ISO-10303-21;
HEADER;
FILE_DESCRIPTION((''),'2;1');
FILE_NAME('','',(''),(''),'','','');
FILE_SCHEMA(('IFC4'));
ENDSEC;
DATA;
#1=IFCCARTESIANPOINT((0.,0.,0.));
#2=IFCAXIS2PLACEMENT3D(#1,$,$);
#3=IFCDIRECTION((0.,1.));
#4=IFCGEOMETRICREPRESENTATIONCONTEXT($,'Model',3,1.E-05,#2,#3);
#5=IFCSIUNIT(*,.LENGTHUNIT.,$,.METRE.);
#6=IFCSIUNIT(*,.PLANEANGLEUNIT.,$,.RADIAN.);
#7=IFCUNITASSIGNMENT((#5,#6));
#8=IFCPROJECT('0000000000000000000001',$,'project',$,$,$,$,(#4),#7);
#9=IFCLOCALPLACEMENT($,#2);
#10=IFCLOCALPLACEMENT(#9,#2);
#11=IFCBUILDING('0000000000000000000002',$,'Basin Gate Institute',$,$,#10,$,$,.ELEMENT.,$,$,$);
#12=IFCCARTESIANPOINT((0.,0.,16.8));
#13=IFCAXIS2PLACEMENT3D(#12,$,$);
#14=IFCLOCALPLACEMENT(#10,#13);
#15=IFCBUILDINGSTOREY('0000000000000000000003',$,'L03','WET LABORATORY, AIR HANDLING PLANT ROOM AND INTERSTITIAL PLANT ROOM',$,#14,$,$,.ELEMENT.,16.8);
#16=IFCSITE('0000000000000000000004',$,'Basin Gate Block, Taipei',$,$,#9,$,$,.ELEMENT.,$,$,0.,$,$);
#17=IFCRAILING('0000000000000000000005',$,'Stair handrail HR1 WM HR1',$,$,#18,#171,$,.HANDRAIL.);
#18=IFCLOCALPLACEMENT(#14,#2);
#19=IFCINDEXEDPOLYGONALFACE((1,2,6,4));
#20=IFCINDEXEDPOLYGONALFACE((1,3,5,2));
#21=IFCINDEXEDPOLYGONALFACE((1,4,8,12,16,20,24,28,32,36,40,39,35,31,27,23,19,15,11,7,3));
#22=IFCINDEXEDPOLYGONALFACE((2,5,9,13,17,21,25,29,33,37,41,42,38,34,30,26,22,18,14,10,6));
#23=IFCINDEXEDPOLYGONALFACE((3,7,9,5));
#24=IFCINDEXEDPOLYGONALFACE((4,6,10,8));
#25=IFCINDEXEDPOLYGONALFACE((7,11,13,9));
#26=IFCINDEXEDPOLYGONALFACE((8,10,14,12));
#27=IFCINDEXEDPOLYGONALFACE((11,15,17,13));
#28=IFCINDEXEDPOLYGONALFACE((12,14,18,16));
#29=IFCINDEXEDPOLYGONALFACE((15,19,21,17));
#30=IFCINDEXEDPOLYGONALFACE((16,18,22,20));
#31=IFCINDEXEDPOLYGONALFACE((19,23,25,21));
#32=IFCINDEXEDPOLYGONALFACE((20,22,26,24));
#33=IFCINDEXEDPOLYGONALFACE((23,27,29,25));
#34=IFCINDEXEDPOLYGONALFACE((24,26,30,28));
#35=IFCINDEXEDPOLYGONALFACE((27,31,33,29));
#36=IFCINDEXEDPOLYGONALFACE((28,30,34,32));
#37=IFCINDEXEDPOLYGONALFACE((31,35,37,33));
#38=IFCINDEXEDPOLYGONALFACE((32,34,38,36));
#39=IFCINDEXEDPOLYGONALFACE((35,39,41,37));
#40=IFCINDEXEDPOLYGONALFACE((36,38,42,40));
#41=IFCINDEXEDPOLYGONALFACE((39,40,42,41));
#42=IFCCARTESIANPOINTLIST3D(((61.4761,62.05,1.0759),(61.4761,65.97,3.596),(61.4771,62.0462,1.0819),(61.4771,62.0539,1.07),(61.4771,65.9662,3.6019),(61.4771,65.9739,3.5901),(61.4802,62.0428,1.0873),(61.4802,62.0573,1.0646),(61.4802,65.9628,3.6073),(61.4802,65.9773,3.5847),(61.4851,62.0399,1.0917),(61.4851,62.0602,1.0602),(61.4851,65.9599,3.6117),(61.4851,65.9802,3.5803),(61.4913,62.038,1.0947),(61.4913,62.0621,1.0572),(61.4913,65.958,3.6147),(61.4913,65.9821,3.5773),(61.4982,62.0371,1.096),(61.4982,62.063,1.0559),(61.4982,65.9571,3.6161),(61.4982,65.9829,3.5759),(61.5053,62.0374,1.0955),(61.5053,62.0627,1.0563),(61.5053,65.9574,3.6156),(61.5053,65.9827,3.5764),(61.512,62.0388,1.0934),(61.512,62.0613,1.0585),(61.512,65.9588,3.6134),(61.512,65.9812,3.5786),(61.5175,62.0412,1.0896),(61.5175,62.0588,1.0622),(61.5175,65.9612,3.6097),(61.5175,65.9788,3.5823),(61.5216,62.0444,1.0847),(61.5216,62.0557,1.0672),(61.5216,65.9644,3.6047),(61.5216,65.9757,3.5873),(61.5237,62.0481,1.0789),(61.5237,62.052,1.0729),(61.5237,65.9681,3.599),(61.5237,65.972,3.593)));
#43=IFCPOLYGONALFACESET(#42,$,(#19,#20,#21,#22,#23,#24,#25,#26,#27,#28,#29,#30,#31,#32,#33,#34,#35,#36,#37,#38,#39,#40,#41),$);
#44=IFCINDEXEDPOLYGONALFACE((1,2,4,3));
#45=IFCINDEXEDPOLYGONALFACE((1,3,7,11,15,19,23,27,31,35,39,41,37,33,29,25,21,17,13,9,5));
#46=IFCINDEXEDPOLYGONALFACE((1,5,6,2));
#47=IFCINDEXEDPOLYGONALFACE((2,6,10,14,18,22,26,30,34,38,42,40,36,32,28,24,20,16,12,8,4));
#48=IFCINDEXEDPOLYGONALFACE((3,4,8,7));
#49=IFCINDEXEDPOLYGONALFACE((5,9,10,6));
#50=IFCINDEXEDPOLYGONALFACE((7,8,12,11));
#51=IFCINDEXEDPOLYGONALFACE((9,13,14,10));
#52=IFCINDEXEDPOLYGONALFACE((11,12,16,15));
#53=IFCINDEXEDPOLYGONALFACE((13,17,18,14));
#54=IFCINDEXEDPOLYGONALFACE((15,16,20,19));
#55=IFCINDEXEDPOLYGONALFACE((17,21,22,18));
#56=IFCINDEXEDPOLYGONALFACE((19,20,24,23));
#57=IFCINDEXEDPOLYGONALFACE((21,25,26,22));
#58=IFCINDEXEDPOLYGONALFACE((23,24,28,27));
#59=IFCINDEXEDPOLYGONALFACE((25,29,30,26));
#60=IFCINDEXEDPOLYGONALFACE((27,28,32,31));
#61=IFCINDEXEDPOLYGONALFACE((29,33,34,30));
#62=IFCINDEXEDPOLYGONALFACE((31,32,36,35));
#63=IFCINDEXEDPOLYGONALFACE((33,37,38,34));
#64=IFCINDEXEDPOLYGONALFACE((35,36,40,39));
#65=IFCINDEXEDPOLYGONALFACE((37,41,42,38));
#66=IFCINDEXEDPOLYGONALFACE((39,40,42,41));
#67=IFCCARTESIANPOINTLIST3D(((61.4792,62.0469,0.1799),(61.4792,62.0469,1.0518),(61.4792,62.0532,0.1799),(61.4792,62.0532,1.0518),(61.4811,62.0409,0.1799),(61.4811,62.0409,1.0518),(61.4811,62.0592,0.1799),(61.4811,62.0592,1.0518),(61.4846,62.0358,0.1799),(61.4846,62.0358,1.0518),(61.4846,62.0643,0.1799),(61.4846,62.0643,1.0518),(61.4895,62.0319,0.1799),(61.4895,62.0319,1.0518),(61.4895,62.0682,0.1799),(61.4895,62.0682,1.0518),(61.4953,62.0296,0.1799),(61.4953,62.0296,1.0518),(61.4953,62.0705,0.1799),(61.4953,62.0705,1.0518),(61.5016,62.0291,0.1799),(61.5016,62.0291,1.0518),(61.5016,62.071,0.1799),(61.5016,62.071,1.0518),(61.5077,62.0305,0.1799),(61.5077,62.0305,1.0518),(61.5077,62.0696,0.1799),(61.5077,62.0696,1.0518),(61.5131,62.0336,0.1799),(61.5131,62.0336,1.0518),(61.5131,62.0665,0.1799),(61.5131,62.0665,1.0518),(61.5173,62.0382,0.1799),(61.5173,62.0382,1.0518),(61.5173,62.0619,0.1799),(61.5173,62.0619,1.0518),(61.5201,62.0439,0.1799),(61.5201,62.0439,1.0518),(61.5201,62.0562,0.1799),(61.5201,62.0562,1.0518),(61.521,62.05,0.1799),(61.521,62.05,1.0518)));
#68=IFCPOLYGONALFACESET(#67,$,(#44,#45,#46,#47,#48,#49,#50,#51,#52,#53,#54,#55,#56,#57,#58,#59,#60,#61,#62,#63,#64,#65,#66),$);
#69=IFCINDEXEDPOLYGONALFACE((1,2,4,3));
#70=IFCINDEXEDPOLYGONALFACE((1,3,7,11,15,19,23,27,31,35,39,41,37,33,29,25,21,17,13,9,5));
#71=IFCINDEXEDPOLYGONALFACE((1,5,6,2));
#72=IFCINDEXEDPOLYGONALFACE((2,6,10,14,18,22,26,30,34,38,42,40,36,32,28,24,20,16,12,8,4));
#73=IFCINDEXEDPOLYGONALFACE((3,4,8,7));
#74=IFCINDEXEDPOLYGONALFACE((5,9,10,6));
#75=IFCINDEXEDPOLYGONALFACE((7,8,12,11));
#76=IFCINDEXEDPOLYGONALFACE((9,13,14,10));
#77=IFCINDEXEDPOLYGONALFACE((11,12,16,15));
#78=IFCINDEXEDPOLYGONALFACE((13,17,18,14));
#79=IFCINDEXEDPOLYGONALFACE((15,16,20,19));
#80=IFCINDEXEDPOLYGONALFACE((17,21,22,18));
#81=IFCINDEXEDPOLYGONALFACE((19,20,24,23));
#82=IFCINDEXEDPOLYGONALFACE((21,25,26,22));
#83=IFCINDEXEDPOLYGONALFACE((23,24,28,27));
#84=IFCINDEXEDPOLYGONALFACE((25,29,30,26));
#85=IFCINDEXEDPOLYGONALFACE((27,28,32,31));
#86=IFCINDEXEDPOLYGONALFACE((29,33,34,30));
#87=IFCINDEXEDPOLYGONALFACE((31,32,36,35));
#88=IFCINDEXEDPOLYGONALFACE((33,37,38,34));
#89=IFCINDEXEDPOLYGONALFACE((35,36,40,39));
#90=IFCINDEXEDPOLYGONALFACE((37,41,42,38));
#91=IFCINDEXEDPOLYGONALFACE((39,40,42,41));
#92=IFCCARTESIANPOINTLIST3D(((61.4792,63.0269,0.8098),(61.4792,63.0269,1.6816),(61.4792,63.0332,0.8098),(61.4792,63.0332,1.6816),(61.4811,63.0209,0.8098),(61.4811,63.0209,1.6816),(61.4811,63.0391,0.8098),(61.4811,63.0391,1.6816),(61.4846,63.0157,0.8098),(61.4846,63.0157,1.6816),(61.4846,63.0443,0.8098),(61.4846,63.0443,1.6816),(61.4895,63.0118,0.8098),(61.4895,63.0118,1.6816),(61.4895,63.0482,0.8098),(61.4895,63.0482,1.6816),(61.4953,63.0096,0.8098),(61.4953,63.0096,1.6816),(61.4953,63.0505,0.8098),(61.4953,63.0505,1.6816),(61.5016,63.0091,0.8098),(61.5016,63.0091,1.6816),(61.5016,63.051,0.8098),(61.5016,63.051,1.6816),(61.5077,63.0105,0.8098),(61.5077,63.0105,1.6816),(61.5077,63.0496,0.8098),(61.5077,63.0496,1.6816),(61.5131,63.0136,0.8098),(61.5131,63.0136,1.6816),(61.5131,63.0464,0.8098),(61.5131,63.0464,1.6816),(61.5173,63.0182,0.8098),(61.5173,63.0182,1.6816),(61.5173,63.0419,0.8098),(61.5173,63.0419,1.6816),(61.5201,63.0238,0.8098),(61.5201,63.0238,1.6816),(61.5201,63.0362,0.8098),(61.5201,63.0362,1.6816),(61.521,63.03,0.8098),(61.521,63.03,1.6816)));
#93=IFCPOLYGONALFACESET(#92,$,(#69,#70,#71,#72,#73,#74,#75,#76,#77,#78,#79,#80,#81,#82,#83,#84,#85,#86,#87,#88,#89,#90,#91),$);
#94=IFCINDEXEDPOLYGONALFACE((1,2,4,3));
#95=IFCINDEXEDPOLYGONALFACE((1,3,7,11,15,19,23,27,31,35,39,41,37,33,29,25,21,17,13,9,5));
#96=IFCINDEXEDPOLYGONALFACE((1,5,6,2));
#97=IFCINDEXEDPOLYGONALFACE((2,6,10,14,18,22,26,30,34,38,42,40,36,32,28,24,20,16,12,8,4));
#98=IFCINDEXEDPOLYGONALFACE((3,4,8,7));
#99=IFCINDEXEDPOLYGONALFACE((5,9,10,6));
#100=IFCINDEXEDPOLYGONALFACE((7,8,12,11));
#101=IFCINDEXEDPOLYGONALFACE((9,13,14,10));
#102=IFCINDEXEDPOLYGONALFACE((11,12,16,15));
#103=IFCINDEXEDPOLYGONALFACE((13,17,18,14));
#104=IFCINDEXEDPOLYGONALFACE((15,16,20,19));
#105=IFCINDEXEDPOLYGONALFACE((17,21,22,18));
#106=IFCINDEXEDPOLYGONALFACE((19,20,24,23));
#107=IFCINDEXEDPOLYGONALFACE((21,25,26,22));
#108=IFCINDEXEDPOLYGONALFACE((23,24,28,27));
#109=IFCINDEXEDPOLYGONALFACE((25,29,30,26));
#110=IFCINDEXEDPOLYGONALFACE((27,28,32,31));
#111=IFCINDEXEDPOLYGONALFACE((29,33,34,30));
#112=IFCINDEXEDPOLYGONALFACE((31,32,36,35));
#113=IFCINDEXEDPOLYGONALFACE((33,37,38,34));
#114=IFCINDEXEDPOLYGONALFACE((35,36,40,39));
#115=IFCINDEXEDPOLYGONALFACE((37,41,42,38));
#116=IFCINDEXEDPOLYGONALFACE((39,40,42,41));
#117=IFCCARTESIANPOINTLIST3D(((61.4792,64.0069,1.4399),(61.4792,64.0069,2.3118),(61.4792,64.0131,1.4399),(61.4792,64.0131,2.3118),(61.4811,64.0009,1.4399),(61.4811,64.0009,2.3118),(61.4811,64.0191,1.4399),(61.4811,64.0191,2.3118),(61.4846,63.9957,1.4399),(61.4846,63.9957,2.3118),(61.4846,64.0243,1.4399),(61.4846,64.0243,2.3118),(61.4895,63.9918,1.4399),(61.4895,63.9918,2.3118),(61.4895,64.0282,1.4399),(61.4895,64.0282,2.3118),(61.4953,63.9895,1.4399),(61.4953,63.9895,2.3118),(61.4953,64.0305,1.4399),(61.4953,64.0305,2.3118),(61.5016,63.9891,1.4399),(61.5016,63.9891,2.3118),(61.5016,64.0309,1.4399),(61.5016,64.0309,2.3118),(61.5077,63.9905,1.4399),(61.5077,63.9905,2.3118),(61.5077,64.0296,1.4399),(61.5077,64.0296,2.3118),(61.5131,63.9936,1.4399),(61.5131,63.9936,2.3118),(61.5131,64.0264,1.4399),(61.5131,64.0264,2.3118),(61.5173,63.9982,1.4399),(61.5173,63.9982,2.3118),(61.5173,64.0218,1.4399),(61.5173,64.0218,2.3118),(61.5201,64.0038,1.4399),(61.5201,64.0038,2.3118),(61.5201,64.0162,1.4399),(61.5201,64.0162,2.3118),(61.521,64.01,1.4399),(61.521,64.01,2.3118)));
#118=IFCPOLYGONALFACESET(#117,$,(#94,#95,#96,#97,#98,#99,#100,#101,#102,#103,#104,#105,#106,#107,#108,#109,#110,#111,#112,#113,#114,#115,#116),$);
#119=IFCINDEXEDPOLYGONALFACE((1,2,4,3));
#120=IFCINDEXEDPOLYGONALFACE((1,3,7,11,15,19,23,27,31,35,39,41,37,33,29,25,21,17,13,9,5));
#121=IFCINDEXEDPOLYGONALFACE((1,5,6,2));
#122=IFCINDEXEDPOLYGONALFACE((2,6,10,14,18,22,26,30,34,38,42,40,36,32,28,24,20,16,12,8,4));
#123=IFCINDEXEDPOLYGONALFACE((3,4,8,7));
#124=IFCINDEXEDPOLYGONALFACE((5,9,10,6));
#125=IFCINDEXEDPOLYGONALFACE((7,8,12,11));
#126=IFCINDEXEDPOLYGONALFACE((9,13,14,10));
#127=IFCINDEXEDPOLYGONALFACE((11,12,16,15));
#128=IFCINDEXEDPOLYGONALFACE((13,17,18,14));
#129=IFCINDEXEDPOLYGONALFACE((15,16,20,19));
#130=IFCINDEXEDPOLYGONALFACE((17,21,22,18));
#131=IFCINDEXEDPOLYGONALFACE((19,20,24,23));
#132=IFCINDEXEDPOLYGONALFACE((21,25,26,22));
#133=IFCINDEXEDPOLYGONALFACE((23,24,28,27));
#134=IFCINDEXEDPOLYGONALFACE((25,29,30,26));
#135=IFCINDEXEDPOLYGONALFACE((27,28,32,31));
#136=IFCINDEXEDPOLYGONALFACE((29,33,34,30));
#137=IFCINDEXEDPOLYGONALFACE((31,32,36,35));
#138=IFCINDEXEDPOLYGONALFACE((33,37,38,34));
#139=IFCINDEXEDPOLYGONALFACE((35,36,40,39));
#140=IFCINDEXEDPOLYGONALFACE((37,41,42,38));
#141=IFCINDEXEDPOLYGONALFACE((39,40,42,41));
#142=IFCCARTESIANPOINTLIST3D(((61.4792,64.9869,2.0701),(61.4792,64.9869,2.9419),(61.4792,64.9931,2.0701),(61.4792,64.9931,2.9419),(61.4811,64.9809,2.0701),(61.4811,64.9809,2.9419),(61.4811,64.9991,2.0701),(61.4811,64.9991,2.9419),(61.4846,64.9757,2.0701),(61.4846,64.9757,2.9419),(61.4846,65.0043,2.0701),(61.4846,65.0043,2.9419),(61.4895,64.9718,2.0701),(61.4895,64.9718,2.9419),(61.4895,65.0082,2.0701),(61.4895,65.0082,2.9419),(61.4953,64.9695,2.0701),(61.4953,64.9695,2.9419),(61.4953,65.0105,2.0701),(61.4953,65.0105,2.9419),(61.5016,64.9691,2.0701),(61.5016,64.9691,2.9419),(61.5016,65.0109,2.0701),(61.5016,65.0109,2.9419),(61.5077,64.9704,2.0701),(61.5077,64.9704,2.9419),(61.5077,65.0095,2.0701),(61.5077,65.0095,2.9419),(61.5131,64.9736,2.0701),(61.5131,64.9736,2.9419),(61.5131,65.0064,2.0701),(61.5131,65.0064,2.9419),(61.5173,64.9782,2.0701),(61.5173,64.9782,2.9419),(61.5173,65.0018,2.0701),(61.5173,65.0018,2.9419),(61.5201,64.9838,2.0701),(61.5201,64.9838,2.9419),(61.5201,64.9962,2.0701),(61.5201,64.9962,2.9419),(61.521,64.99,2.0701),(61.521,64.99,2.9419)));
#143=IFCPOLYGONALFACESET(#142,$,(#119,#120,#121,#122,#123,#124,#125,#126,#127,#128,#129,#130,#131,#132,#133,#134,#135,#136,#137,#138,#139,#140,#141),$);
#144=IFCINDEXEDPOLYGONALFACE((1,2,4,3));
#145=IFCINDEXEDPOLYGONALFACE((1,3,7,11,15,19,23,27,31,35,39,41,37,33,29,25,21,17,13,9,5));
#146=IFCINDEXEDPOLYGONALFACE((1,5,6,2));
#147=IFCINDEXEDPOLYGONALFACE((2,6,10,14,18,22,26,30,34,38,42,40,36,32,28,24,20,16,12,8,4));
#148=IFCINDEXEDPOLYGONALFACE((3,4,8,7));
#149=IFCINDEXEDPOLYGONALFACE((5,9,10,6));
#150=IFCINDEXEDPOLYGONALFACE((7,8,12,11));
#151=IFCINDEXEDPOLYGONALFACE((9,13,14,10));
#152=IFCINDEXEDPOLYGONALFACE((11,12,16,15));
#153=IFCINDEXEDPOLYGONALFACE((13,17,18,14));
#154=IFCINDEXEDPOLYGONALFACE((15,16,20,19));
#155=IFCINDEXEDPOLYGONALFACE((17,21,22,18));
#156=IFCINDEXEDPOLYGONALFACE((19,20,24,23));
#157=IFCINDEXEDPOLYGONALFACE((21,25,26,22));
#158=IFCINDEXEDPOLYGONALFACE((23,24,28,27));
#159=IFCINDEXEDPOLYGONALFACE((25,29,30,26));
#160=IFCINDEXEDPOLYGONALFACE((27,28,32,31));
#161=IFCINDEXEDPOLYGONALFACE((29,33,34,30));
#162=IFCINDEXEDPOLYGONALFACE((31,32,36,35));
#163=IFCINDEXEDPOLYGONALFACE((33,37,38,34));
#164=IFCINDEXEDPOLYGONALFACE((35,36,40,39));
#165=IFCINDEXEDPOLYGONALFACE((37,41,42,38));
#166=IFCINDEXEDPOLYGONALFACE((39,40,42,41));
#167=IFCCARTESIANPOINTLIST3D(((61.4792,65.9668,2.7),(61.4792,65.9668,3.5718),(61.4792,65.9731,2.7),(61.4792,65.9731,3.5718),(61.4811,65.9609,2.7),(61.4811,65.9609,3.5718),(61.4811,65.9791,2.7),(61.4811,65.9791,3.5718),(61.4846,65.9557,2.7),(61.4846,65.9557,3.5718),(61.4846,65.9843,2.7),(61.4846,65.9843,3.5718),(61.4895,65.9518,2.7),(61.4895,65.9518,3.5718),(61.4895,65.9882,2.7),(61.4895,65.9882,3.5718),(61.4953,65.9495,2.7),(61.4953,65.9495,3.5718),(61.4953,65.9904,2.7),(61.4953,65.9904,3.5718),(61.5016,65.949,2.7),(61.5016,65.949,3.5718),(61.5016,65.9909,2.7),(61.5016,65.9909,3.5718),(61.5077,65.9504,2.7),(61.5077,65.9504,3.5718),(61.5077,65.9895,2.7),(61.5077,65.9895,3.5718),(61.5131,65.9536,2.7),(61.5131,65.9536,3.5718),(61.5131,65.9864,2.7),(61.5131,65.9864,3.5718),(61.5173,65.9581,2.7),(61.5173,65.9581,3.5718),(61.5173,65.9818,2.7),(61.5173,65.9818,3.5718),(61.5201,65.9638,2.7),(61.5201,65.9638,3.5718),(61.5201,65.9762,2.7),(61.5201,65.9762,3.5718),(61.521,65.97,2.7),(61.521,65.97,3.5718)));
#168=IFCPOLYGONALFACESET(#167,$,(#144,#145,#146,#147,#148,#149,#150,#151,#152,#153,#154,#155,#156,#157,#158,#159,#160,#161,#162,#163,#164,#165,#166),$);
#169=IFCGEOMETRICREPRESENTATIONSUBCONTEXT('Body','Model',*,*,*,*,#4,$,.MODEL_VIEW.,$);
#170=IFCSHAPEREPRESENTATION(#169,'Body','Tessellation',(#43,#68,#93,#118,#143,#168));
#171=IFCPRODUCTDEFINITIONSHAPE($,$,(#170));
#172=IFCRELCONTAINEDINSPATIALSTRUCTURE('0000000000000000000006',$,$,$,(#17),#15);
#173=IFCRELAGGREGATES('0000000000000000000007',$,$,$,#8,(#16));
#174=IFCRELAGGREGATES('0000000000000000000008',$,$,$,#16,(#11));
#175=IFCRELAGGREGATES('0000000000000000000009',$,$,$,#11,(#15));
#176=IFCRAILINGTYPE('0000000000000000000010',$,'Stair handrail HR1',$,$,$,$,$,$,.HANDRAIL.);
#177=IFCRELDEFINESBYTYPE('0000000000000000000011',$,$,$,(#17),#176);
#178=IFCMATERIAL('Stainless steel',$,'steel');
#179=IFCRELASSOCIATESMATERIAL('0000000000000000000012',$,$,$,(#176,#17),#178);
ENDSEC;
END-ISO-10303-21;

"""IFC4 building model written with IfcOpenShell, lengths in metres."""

from ifc_helpers import new_model, si_unit, direction, frame, origin, origin_2d, place, context, subcontext, project, spatial, circle, extrude, material, type_object, element, save


model = new_model("IFC4")

# Units and contexts
model_context = context("Model", 3, precision=1e-05, world=origin(), true_north=direction((0.0, 1.0)))
body_context = subcontext(model_context, "Body", "Model", "MODEL_VIEW")
ifc_project = project(units=[si_unit("LENGTHUNIT", "METRE"), si_unit("PLANEANGLEUNIT", "RADIAN")], contexts=[model_context])

# Site, building, storey
site_placement = place(None, origin())
site = spatial("IfcSite", under=ifc_project, at=site_placement, Name="Basin Gate Block, Taipei", CompositionType="ELEMENT", RefElevation=0.0)
building_placement = place(site_placement, origin())
building = spatial("IfcBuilding", under=site, at=building_placement, Name="Basin Gate Institute", CompositionType="ELEMENT")
storey_placement = place(building_placement, frame((0.0, 0.0, 16.8)))
storey = spatial("IfcBuildingStorey", under=building, at=storey_placement, Name="L03", Description="WET LABORATORY, AIR HANDLING PLANT ROOM AND INTERSTITIAL PLANT ROOM", CompositionType="ELEMENT", Elevation=16.8)

# Railing
ifc_material_1 = material(Name="Stainless steel", Category="steel")
railing_type_1 = type_object("IfcRailingType", Name="Stair handrail HR1", PredefinedType="HANDRAIL", material=ifc_material_1)
for number, where, name in (
    (1, (61.5, 62.05, 0.1799), "Stair handrail HR1 WM HR1"),
):
    element("IfcRailing", number, at=place(storey_placement, frame(where)), inside=storey, type_object=railing_type_1, material=ifc_material_1, Name=name, PredefinedType="HANDRAIL", context=body_context, shape_type="SweptSolid", body=[
        extrude(circle(Radius=0.0239, at=origin_2d()), frame((0.0, 0.0, 0.896), z_axis=(0.0, 0.841172, 0.540768), x_axis=(-1.0, 0.0, 0.0)), (0.0, 0.0, 1.0), 4.6602),
        extrude(circle(Radius=0.021, at=origin_2d()), origin(), (0.0, 0.0, 1.0), 0.8718),
        extrude(circle(Radius=0.021, at=origin_2d()), frame((0.0, 0.98, 0.6299)), (0.0, 0.0, 1.0), 0.8718),
        extrude(circle(Radius=0.021, at=origin_2d()), frame((0.0, 1.96, 1.26)), (0.0, 0.0, 1.0), 0.8718),
        extrude(circle(Radius=0.021, at=origin_2d()), frame((0.0, 2.9399, 1.8901)), (0.0, 0.0, 1.0), 0.8718),
        extrude(circle(Radius=0.021, at=origin_2d()), frame((0.0, 3.9199, 2.52)), (0.0, 0.0, 1.0), 0.8718),
    ])

save(model, "model.ifc")
